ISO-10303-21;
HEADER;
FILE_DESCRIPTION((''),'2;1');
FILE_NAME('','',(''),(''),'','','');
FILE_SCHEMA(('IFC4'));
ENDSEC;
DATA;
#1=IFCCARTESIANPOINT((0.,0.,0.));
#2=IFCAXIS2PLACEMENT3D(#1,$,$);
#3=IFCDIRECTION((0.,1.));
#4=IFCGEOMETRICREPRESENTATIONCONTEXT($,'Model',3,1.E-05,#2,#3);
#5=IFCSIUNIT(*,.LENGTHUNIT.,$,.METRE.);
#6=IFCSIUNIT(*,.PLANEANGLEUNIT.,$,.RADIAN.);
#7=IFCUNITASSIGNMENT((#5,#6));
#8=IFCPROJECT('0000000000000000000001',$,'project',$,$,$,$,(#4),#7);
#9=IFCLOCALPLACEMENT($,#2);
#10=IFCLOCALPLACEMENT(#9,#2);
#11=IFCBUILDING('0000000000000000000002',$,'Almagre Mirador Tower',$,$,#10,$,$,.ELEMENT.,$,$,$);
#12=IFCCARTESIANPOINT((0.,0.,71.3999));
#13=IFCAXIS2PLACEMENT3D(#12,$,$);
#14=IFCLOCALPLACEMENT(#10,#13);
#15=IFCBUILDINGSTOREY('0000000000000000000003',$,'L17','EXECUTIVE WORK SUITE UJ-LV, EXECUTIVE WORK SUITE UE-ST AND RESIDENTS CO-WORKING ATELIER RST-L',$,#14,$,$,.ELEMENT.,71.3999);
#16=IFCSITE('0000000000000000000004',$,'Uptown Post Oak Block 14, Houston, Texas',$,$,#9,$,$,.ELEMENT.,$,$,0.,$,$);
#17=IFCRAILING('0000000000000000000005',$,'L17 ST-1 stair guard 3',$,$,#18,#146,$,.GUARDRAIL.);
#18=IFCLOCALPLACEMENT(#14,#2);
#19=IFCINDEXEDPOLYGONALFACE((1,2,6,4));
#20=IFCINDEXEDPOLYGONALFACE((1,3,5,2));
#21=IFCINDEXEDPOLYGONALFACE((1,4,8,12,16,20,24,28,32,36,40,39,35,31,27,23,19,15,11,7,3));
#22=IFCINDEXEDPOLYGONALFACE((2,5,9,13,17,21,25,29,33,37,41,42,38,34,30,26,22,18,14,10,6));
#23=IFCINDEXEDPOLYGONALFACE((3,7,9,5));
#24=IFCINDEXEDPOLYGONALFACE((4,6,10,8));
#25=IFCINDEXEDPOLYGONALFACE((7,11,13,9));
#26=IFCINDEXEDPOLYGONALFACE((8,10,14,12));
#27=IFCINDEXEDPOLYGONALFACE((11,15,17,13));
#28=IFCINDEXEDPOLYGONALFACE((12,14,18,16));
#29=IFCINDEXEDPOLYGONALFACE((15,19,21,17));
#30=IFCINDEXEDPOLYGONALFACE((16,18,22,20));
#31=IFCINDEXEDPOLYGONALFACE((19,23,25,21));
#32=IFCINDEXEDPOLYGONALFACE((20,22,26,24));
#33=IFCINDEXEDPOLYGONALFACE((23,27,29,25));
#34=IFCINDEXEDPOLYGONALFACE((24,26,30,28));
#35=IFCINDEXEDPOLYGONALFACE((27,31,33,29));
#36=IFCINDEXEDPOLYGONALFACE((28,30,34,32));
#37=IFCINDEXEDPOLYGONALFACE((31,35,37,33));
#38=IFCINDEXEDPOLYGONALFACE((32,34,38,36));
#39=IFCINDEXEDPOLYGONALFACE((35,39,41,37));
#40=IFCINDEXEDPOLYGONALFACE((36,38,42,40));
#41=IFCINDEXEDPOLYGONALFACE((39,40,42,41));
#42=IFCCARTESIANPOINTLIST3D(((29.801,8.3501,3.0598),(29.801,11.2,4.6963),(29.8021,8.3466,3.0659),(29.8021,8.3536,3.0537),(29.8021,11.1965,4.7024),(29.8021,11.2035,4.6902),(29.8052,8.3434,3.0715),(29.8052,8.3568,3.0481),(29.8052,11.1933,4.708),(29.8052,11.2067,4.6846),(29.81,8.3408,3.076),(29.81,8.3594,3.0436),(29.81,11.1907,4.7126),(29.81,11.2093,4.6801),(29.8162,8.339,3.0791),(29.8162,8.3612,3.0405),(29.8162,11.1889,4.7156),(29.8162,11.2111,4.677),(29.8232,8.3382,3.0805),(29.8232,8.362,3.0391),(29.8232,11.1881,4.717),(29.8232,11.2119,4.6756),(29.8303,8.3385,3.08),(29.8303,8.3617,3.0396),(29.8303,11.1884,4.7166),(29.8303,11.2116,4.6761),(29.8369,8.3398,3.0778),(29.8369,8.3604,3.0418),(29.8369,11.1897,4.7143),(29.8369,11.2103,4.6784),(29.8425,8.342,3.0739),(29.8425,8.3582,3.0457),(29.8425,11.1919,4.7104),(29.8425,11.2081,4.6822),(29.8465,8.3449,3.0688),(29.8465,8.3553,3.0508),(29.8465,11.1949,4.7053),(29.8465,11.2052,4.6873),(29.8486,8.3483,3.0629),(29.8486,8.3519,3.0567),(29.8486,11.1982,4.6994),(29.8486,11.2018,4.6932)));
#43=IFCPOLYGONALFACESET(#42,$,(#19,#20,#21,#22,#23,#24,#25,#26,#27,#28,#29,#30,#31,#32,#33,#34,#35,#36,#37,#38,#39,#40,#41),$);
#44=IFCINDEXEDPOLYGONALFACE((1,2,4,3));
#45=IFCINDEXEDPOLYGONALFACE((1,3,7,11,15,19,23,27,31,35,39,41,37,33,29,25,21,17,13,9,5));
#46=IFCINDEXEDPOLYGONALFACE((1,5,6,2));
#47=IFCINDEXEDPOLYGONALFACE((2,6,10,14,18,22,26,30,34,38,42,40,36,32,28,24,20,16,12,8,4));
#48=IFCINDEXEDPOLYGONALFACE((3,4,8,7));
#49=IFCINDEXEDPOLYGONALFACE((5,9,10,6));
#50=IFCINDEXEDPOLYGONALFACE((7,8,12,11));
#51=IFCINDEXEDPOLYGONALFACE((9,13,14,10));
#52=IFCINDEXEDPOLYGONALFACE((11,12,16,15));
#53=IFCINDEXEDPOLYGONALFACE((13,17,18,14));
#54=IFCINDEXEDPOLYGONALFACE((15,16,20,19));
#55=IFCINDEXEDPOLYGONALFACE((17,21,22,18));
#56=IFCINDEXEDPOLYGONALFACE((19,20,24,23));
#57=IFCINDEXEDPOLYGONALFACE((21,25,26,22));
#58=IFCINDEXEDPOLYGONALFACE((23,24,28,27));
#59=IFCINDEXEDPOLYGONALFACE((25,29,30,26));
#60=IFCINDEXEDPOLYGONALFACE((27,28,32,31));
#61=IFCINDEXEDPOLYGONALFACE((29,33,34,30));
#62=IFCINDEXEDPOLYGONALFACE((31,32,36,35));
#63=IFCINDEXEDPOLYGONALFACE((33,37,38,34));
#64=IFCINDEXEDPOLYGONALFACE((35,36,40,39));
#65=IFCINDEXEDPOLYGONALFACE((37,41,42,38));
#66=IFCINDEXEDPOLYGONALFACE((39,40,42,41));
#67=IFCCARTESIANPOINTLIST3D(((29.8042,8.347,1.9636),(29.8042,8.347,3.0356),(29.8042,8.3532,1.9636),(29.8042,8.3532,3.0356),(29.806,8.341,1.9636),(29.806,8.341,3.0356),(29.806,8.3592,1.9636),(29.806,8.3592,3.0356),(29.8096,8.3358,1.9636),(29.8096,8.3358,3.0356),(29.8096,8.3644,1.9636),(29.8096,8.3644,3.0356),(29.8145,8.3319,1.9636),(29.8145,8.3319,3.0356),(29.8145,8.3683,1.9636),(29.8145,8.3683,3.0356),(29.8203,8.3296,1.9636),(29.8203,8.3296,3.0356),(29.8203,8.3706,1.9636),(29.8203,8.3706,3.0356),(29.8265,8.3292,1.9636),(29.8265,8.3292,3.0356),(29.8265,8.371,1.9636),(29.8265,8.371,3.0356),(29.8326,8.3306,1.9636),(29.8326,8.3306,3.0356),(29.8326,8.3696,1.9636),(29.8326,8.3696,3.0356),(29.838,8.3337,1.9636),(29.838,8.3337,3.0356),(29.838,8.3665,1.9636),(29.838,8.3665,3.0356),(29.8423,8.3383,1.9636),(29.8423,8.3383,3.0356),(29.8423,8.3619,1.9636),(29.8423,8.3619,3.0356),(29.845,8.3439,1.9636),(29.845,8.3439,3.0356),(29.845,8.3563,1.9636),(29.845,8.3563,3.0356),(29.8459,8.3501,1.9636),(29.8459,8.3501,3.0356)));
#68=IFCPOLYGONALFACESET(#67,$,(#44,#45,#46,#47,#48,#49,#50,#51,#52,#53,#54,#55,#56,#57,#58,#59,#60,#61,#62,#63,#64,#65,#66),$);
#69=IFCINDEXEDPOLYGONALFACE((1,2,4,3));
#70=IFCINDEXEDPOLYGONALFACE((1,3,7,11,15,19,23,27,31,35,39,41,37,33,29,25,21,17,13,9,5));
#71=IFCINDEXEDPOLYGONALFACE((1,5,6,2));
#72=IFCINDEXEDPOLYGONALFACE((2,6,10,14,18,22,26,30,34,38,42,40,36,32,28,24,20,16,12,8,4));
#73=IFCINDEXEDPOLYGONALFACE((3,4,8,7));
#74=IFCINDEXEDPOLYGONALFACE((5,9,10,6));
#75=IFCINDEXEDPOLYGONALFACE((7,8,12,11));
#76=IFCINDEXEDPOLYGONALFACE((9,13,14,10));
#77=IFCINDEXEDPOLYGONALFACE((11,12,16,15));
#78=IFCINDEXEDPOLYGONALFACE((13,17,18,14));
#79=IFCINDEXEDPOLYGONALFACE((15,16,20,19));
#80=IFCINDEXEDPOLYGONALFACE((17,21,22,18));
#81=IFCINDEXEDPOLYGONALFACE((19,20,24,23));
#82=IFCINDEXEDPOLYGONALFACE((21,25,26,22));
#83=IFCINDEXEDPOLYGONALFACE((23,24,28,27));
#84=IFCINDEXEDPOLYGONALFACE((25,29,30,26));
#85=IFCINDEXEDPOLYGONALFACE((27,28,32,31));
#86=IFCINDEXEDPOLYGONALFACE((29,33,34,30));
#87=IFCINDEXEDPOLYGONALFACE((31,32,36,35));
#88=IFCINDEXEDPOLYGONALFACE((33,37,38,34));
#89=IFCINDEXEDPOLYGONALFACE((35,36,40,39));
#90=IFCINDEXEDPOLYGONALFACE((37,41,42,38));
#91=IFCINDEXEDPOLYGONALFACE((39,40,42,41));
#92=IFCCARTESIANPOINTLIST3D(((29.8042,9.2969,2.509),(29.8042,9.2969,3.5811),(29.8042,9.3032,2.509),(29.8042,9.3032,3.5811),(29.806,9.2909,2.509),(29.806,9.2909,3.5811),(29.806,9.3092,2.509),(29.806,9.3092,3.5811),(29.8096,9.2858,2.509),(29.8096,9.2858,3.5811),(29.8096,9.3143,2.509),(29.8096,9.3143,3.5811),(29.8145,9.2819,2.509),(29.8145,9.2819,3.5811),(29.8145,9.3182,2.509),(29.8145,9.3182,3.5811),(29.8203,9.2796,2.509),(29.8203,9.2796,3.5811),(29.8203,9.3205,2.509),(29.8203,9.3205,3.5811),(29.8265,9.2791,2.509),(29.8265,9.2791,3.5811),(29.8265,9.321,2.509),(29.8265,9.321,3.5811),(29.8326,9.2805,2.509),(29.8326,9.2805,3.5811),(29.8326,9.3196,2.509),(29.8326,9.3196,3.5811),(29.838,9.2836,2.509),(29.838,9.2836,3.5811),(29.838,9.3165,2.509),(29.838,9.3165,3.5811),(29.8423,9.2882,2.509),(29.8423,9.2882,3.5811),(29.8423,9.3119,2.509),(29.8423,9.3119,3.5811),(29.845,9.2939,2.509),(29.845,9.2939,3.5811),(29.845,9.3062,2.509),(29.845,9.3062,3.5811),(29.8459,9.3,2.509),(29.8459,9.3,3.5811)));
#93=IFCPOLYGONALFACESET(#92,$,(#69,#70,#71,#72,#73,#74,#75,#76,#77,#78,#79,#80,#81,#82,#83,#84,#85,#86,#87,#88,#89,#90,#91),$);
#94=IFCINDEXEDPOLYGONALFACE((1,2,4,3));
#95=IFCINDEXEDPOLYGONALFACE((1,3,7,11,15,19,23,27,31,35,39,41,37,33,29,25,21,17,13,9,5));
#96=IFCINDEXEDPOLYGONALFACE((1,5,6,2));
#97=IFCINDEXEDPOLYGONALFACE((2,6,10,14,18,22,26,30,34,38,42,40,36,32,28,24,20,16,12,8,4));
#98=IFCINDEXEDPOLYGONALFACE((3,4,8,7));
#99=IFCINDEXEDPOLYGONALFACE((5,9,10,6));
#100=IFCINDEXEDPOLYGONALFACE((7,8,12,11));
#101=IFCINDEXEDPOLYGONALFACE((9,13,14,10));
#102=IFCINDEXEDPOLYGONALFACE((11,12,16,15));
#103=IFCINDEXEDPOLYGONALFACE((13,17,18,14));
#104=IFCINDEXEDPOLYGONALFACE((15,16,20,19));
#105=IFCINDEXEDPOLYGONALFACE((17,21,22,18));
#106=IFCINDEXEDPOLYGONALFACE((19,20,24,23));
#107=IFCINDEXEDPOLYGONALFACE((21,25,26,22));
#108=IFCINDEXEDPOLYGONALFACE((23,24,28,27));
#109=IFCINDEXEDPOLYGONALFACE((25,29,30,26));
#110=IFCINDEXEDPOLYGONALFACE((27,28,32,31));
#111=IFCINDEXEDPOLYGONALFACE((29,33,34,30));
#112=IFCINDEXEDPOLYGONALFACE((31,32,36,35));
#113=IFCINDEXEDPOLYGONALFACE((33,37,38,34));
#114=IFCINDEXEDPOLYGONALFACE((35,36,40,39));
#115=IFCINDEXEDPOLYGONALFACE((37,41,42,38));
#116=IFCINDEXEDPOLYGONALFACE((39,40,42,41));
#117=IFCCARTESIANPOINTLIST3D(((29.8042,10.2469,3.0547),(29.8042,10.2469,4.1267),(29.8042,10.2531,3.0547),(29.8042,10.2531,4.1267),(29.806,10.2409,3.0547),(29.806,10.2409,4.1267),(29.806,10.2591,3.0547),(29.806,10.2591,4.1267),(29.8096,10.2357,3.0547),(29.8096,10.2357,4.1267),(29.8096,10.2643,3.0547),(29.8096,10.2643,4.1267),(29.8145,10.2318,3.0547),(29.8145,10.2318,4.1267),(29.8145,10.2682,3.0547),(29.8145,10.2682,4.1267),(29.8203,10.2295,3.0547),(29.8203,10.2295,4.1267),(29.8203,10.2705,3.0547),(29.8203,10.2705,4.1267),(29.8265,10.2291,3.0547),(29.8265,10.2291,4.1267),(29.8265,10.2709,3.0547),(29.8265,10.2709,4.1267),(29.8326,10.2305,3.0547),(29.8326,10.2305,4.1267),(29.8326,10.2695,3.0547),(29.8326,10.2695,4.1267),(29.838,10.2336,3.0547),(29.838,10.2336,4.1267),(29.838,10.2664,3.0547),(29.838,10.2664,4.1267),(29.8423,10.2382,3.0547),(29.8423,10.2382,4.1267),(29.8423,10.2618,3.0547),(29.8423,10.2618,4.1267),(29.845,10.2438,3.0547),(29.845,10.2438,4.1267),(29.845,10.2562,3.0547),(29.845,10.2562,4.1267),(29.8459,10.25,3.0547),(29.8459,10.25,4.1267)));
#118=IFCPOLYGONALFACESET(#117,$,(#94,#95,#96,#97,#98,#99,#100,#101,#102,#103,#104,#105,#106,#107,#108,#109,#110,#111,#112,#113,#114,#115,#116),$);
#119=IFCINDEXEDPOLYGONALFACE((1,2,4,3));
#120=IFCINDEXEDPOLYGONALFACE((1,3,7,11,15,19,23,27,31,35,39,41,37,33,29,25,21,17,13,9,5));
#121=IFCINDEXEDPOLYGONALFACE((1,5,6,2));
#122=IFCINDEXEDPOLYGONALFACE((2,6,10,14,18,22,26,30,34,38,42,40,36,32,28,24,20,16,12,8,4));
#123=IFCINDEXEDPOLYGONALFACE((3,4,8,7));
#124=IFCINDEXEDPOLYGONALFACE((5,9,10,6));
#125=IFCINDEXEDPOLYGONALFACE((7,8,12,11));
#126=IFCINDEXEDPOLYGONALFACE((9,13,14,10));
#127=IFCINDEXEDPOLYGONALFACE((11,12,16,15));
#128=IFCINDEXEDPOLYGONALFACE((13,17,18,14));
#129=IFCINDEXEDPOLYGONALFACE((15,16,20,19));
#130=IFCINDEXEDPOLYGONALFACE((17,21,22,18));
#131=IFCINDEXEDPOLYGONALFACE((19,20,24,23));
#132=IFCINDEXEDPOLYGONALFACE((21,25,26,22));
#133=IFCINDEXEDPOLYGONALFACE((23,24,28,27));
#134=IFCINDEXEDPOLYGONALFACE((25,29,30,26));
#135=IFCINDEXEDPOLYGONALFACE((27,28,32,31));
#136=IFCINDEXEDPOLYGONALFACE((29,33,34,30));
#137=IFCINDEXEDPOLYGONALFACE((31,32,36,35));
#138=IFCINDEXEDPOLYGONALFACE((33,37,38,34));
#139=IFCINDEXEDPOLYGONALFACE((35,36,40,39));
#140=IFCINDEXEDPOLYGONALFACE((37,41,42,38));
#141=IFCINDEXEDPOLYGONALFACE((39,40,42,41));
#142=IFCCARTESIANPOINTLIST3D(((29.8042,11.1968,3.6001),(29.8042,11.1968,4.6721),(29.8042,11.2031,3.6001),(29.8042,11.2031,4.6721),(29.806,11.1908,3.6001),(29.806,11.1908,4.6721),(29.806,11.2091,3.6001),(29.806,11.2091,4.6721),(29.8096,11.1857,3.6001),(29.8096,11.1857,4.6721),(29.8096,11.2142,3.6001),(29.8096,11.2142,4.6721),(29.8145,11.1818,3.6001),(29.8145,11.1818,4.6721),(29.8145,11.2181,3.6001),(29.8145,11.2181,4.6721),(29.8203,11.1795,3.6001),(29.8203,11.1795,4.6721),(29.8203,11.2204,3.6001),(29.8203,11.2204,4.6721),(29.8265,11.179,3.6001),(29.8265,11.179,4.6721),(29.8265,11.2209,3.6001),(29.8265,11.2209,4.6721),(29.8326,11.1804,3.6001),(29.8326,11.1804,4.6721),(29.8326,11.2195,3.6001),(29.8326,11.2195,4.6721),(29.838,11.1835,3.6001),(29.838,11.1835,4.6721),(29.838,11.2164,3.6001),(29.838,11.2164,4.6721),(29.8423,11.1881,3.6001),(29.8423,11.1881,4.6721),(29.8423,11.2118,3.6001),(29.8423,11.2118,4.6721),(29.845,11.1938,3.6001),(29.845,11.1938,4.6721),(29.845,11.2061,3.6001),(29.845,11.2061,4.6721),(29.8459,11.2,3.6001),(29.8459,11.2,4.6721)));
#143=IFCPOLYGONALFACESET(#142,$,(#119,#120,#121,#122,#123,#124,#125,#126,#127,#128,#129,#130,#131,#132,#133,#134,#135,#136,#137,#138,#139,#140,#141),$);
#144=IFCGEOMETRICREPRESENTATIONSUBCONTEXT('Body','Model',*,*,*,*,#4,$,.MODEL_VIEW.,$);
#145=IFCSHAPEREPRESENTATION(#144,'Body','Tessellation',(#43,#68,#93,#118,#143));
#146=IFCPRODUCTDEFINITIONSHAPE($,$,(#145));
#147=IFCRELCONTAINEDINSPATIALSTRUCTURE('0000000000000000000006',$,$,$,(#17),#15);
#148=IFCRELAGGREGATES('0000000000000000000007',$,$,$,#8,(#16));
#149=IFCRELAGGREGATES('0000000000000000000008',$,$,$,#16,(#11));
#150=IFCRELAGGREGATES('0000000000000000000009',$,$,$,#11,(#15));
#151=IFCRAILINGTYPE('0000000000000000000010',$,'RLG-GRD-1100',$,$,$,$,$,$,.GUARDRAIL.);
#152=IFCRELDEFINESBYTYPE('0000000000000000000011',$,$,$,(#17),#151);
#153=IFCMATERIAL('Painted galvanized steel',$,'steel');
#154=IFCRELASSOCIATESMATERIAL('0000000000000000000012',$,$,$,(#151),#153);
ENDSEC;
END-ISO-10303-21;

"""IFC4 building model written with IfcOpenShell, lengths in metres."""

from ifc_helpers import new_model, si_unit, direction, frame, origin, origin_2d, place, context, subcontext, project, spatial, circle, extrude, material, type_object, element, save


model = new_model("IFC4")

# Units and contexts
model_context = context("Model", 3, precision=1e-05, world=origin(), true_north=direction((0.0, 1.0)))
body_context = subcontext(model_context, "Body", "Model", "MODEL_VIEW")
ifc_project = project(units=[si_unit("LENGTHUNIT", "METRE"), si_unit("PLANEANGLEUNIT", "RADIAN")], contexts=[model_context])

# Site, building, storey
site_placement = place(None, origin())
site = spatial("IfcSite", under=ifc_project, at=site_placement, Name="Uptown Post Oak Block 14, Houston, Texas", CompositionType="ELEMENT", RefElevation=0.0)
building_placement = place(site_placement, origin())
building = spatial("IfcBuilding", under=site, at=building_placement, Name="Almagre Mirador Tower", CompositionType="ELEMENT")
storey_placement = place(building_placement, frame((0.0, 0.0, 71.3999)))
storey = spatial("IfcBuildingStorey", under=building, at=storey_placement, Name="L17", Description="EXECUTIVE WORK SUITE UJ-LV, EXECUTIVE WORK SUITE UE-ST AND RESIDENTS CO-WORKING ATELIER RST-L", CompositionType="ELEMENT", Elevation=71.3999)

# Railing
ifc_material_1 = material(Name="Painted galvanized steel", Category="steel")
railing_type_1 = type_object("IfcRailingType", Name="RLG-GRD-1100", PredefinedType="GUARDRAIL", material=ifc_material_1)
railing_1_placement = place(storey_placement, frame((29.825, 8.3501, 1.9636)))
element("IfcRailing", 1, at=railing_1_placement, inside=storey, type_object=railing_type_1, Name="L17 ST-1 stair guard 3", PredefinedType="GUARDRAIL", context=body_context, shape_type="SweptSolid", body=[
    extrude(circle(Radius=0.0239, at=origin_2d()), frame((0.0, 0.0, 1.0962), z_axis=(0.0, 0.867194, 0.49797), x_axis=(-1.0, 0.0, 0.0)), (0.0, 0.0, 1.0), 3.2864),
    extrude(circle(Radius=0.021, at=origin_2d()), origin(), (0.0, 0.0, 1.0), 1.072),
    extrude(circle(Radius=0.021, at=origin_2d()), frame((0.0, 0.95, 0.5454)), (0.0, 0.0, 1.0), 1.072),
    extrude(circle(Radius=0.021, at=origin_2d()), frame((0.0, 1.8999, 1.0911)), (0.0, 0.0, 1.0), 1.072),
    extrude(circle(Radius=0.021, at=origin_2d()), frame((0.0, 2.8499, 1.6365)), (0.0, 0.0, 1.0), 1.072),
])

save(model, "model.ifc")
